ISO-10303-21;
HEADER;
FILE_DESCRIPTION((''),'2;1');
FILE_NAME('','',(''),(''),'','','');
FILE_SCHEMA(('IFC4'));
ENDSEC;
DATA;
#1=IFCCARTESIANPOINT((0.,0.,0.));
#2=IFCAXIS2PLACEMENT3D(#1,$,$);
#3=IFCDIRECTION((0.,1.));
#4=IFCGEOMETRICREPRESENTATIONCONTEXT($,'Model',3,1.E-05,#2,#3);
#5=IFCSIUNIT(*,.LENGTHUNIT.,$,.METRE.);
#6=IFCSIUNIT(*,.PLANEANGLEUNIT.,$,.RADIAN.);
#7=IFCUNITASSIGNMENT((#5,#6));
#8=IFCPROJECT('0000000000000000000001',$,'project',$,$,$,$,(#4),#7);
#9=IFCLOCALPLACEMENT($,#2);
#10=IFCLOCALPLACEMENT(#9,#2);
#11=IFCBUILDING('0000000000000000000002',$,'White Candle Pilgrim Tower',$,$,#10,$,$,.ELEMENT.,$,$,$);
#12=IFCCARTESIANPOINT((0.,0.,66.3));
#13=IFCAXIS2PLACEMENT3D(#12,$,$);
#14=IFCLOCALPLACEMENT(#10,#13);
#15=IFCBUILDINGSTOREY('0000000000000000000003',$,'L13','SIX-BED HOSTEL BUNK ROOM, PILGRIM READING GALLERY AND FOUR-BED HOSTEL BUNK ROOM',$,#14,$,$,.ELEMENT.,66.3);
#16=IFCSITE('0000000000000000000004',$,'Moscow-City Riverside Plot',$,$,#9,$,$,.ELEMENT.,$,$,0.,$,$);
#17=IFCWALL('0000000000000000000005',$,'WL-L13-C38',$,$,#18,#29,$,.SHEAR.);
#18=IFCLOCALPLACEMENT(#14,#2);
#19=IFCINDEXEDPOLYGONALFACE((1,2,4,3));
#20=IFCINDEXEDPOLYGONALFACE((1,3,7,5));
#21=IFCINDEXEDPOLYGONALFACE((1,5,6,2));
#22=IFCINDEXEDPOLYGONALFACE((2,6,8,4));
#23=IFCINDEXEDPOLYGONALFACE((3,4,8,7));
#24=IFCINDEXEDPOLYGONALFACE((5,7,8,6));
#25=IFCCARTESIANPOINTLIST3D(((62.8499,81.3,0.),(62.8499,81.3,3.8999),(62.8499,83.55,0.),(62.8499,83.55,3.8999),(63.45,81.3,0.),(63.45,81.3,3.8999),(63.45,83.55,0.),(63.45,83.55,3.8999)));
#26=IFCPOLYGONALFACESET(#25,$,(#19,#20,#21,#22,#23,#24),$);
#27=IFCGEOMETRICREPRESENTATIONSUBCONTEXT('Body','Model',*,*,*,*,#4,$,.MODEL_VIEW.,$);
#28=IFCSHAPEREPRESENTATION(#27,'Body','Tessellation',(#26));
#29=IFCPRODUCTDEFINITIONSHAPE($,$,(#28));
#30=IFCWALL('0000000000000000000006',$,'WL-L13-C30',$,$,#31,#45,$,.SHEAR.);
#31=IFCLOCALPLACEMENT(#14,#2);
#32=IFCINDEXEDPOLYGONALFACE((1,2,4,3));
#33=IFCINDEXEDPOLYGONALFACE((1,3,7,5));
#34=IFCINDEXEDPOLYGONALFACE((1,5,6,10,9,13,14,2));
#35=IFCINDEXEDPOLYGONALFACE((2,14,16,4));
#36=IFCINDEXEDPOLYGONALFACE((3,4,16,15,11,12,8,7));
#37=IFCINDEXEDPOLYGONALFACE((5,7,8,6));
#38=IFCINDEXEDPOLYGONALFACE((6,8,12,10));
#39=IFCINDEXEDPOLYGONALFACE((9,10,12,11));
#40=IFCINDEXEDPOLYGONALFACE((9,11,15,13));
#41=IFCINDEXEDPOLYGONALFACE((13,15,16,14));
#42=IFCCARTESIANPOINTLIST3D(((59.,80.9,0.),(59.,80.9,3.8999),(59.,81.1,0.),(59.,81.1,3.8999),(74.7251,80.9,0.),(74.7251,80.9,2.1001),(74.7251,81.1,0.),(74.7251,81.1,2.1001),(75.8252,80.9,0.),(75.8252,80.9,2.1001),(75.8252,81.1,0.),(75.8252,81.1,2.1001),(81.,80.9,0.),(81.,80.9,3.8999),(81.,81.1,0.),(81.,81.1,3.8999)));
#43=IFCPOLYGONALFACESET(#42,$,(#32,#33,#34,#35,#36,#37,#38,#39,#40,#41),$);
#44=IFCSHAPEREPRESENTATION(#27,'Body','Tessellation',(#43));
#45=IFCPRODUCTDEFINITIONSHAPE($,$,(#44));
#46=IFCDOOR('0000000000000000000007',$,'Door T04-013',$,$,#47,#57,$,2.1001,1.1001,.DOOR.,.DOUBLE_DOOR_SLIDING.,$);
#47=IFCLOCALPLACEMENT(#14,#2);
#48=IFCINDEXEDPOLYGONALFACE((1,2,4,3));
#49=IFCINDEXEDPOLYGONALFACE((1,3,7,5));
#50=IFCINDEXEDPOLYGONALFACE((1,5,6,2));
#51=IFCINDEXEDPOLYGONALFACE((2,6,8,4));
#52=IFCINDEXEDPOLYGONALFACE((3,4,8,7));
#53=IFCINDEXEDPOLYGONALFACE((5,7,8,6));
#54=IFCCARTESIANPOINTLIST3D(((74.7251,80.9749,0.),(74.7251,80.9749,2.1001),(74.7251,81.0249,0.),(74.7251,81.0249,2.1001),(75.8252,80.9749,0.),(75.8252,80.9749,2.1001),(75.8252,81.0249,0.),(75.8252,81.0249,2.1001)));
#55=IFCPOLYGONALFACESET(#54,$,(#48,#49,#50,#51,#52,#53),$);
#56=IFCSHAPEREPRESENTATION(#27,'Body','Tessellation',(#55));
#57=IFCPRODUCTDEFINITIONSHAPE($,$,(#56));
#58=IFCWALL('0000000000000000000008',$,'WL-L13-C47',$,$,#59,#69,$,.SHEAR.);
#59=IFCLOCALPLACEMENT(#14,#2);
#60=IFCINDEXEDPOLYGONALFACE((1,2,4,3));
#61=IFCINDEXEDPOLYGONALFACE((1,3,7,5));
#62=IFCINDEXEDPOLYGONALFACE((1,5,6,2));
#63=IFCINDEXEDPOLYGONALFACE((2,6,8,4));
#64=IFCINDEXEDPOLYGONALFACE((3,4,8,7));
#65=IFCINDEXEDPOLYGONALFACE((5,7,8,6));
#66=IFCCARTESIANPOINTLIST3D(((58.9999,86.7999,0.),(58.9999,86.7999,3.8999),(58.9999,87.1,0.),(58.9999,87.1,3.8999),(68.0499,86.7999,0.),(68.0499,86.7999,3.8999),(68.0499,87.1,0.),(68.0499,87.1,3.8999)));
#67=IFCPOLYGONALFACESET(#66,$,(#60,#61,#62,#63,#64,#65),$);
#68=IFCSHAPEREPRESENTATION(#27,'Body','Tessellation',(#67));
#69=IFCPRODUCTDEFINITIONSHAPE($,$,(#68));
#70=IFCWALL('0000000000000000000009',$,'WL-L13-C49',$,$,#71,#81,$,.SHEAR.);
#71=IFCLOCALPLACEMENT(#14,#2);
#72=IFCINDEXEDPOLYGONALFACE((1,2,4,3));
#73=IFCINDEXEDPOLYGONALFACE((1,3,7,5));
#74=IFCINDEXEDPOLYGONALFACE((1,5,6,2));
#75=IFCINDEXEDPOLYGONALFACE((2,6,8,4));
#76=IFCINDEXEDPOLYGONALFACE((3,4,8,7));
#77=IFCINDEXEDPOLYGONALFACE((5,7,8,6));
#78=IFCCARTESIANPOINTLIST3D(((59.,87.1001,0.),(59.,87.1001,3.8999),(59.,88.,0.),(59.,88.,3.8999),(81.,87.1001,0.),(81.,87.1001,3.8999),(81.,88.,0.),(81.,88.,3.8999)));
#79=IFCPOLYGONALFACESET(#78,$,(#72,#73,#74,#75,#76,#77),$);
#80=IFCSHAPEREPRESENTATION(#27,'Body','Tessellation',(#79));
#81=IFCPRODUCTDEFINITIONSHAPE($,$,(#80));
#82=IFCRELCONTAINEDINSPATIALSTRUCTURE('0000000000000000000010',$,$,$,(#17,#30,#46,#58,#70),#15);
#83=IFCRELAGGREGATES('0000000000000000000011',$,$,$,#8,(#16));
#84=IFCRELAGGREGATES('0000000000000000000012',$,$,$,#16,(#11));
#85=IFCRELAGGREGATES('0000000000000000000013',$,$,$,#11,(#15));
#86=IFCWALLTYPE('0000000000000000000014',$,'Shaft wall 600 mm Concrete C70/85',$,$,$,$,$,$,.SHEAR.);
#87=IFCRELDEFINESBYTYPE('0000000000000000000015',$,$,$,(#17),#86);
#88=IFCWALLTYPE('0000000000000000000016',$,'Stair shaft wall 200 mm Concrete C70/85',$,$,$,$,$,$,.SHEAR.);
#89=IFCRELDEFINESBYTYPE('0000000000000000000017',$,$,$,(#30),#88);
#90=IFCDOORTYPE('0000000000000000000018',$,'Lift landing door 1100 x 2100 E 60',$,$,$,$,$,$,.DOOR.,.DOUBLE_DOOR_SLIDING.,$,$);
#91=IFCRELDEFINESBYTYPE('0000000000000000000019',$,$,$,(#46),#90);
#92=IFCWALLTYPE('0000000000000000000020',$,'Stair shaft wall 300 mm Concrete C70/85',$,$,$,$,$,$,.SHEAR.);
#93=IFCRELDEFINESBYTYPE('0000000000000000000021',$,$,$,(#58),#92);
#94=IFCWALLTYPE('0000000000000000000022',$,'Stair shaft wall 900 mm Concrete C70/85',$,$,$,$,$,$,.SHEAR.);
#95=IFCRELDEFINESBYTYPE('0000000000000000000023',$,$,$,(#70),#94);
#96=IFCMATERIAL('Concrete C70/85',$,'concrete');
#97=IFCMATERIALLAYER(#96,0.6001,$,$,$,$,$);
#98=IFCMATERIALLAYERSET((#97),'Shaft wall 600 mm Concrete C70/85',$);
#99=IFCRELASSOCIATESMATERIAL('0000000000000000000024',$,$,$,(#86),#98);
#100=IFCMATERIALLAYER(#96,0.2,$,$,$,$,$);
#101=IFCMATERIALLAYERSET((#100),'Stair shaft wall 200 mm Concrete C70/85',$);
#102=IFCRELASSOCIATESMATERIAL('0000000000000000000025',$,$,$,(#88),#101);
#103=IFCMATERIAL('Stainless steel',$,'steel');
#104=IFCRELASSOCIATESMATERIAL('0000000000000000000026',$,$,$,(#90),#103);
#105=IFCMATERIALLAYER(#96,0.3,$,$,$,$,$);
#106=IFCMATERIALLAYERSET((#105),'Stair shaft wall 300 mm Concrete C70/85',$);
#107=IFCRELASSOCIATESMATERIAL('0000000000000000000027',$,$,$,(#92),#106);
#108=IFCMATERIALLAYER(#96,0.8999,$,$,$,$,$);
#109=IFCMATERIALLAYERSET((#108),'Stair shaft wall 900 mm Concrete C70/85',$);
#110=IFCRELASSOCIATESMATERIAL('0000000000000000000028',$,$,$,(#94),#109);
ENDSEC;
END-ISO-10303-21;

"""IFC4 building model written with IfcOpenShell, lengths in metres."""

from ifc_helpers import new_model, si_unit, direction, frame, frame_2d, origin, place, context, subcontext, project, spatial, rectangle, extrude, material, layer, layer_set, type_object, element, fill, save


model = new_model("IFC4")

# Units and contexts
model_context = context("Model", 3, precision=1e-05, world=origin(), true_north=direction((0.0, 1.0)))
body_context = subcontext(model_context, "Body", "Model", "MODEL_VIEW")
ifc_project = project(units=[si_unit("LENGTHUNIT", "METRE"), si_unit("PLANEANGLEUNIT", "RADIAN")], contexts=[model_context])

# Site, building, storey
site_placement = place(None, origin())
site = spatial("IfcSite", under=ifc_project, at=site_placement, Name="Moscow-City Riverside Plot", CompositionType="ELEMENT", RefElevation=0.0)
building_placement = place(site_placement, origin())
building = spatial("IfcBuilding", under=site, at=building_placement, Name="White Candle Pilgrim Tower", CompositionType="ELEMENT")
storey_placement = place(building_placement, frame((0.0, 0.0, 66.3)))
storey = spatial("IfcBuildingStorey", under=building, at=storey_placement, Name="L13", Description="SIX-BED HOSTEL BUNK ROOM, PILGRIM READING GALLERY AND FOUR-BED HOSTEL BUNK ROOM", CompositionType="ELEMENT", Elevation=66.3)

# Shared definitions
ifc_material_1 = material(Name="Concrete C70/85", Category="concrete")

# Shared definitions
ifc_material_2 = material(Name="Stainless steel", Category="steel")

# Wall
ifc_layer_1 = layer(ifc_material_1, 0.6001)
ifc_layer_set_1 = layer_set([ifc_layer_1], Name="Shaft wall 600 mm Concrete C70/85")
wall_type_1 = type_object("IfcWallType", Name="Shaft wall 600 mm Concrete C70/85", PredefinedType="SHEAR", material=ifc_layer_set_1)
wall_1_placement = place(storey_placement, frame((63.1499, 81.3, 0.0), z_axis=(0.0, 0.0, 1.0), x_axis=(0.0, 1.0, 0.0)))
element("IfcWall", 1, at=wall_1_placement, inside=storey, type_object=wall_type_1, Name="WL-L13-C38", PredefinedType="SHEAR", context=body_context, shape_type="SweptSolid", body=[
    extrude(rectangle(XDim=2.25, YDim=0.6001, at=frame_2d((1.125, 0.0))), origin(), (0.0, 0.0, 1.0), 3.8999),
])

# Wall, opening, door
ifc_layer_2 = layer(ifc_material_1, 0.2)
ifc_layer_set_2 = layer_set([ifc_layer_2], Name="Stair shaft wall 200 mm Concrete C70/85")
wall_type_2 = type_object("IfcWallType", Name="Stair shaft wall 200 mm Concrete C70/85", PredefinedType="SHEAR", material=ifc_layer_set_2)
wall_2_placement = place(storey_placement, frame((59.0, 81.0, 0.0), z_axis=(0.0, 0.0, 1.0), x_axis=(1.0, 0.0, 0.0)))
wall_2 = element("IfcWall", 2, at=wall_2_placement, inside=storey, type_object=wall_type_2, Name="WL-L13-C30", PredefinedType="SHEAR", context=body_context, shape_type="SweptSolid", body=[
    extrude(rectangle(XDim=22.0, YDim=0.2, at=frame_2d((11.0, 0.0))), origin(), (0.0, 0.0, 1.0), 3.8999),
])
opening_1_placement = place(wall_2_placement, frame((15.7251, 0.0, 0.0)))
opening_1 = element("IfcOpeningElement", 3, at=opening_1_placement, cuts=wall_2, PredefinedType="OPENING", context=body_context, shape_type="SweptSolid", body=[
    extrude(rectangle(XDim=1.1001, YDim=2.1001, at=frame_2d((0.55, 1.05))), frame((0.0, 0.1099, 0.0), z_axis=(0.0, -1.0, 0.0), x_axis=(1.0, 0.0, 0.0)), (0.0, 0.0, 1.0), 0.22),
])
door_type_1 = type_object("IfcDoorType", Name="Lift landing door 1100 x 2100 E 60", OperationType="DOUBLE_DOOR_SLIDING", PredefinedType="DOOR", material=ifc_material_2)
door_1_placement = place(opening_1_placement, origin())
door_1 = element("IfcDoor", 4, at=door_1_placement, inside=storey, type_object=door_type_1, Name="Door T04-013", OperationType="DOUBLE_DOOR_SLIDING", OverallHeight=2.1001, OverallWidth=1.1001, PredefinedType="DOOR", context=body_context, shape_type="SweptSolid", body=[
    extrude(rectangle(XDim=1.1001, YDim=2.1001, at=frame_2d((0.55, 1.05))), frame((0.0, 0.0249, 0.0), z_axis=(0.0, -1.0, 0.0), x_axis=(1.0, 0.0, 0.0)), (0.0, 0.0, 1.0), 0.05),
])
fill(opening_1, door_1)

# Walls
ifc_layer_3 = layer(ifc_material_1, 0.3)
ifc_layer_set_3 = layer_set([ifc_layer_3], Name="Stair shaft wall 300 mm Concrete C70/85")
wall_type_3 = type_object("IfcWallType", Name="Stair shaft wall 300 mm Concrete C70/85", PredefinedType="SHEAR", material=ifc_layer_set_3)
wall_3_placement = place(storey_placement, frame((59.0, 86.95, 0.0), z_axis=(0.0, 0.0, 1.0), x_axis=(1.0, 0.0, 0.0)))
element("IfcWall", 5, at=wall_3_placement, inside=storey, type_object=wall_type_3, Name="WL-L13-C47", PredefinedType="SHEAR", context=body_context, shape_type="SweptSolid", body=[
    extrude(rectangle(XDim=9.05, YDim=0.3, at=frame_2d((4.5249, 0.0))), origin(), (0.0, 0.0, 1.0), 3.8999),
])
ifc_layer_4 = layer(ifc_material_1, 0.8999)
ifc_layer_set_4 = layer_set([ifc_layer_4], Name="Stair shaft wall 900 mm Concrete C70/85")
wall_type_4 = type_object("IfcWallType", Name="Stair shaft wall 900 mm Concrete C70/85", PredefinedType="SHEAR", material=ifc_layer_set_4)
wall_4_placement = place(storey_placement, frame((59.0, 87.55, 0.0), z_axis=(0.0, 0.0, 1.0), x_axis=(1.0, 0.0, 0.0)))
element("IfcWall", 6, at=wall_4_placement, inside=storey, type_object=wall_type_4, Name="WL-L13-C49", PredefinedType="SHEAR", context=body_context, shape_type="SweptSolid", body=[
    extrude(rectangle(XDim=22.0, YDim=0.8999, at=frame_2d((11.0, 0.0))), origin(), (0.0, 0.0, 1.0), 3.8999),
])

save(model, "model.ifc")
